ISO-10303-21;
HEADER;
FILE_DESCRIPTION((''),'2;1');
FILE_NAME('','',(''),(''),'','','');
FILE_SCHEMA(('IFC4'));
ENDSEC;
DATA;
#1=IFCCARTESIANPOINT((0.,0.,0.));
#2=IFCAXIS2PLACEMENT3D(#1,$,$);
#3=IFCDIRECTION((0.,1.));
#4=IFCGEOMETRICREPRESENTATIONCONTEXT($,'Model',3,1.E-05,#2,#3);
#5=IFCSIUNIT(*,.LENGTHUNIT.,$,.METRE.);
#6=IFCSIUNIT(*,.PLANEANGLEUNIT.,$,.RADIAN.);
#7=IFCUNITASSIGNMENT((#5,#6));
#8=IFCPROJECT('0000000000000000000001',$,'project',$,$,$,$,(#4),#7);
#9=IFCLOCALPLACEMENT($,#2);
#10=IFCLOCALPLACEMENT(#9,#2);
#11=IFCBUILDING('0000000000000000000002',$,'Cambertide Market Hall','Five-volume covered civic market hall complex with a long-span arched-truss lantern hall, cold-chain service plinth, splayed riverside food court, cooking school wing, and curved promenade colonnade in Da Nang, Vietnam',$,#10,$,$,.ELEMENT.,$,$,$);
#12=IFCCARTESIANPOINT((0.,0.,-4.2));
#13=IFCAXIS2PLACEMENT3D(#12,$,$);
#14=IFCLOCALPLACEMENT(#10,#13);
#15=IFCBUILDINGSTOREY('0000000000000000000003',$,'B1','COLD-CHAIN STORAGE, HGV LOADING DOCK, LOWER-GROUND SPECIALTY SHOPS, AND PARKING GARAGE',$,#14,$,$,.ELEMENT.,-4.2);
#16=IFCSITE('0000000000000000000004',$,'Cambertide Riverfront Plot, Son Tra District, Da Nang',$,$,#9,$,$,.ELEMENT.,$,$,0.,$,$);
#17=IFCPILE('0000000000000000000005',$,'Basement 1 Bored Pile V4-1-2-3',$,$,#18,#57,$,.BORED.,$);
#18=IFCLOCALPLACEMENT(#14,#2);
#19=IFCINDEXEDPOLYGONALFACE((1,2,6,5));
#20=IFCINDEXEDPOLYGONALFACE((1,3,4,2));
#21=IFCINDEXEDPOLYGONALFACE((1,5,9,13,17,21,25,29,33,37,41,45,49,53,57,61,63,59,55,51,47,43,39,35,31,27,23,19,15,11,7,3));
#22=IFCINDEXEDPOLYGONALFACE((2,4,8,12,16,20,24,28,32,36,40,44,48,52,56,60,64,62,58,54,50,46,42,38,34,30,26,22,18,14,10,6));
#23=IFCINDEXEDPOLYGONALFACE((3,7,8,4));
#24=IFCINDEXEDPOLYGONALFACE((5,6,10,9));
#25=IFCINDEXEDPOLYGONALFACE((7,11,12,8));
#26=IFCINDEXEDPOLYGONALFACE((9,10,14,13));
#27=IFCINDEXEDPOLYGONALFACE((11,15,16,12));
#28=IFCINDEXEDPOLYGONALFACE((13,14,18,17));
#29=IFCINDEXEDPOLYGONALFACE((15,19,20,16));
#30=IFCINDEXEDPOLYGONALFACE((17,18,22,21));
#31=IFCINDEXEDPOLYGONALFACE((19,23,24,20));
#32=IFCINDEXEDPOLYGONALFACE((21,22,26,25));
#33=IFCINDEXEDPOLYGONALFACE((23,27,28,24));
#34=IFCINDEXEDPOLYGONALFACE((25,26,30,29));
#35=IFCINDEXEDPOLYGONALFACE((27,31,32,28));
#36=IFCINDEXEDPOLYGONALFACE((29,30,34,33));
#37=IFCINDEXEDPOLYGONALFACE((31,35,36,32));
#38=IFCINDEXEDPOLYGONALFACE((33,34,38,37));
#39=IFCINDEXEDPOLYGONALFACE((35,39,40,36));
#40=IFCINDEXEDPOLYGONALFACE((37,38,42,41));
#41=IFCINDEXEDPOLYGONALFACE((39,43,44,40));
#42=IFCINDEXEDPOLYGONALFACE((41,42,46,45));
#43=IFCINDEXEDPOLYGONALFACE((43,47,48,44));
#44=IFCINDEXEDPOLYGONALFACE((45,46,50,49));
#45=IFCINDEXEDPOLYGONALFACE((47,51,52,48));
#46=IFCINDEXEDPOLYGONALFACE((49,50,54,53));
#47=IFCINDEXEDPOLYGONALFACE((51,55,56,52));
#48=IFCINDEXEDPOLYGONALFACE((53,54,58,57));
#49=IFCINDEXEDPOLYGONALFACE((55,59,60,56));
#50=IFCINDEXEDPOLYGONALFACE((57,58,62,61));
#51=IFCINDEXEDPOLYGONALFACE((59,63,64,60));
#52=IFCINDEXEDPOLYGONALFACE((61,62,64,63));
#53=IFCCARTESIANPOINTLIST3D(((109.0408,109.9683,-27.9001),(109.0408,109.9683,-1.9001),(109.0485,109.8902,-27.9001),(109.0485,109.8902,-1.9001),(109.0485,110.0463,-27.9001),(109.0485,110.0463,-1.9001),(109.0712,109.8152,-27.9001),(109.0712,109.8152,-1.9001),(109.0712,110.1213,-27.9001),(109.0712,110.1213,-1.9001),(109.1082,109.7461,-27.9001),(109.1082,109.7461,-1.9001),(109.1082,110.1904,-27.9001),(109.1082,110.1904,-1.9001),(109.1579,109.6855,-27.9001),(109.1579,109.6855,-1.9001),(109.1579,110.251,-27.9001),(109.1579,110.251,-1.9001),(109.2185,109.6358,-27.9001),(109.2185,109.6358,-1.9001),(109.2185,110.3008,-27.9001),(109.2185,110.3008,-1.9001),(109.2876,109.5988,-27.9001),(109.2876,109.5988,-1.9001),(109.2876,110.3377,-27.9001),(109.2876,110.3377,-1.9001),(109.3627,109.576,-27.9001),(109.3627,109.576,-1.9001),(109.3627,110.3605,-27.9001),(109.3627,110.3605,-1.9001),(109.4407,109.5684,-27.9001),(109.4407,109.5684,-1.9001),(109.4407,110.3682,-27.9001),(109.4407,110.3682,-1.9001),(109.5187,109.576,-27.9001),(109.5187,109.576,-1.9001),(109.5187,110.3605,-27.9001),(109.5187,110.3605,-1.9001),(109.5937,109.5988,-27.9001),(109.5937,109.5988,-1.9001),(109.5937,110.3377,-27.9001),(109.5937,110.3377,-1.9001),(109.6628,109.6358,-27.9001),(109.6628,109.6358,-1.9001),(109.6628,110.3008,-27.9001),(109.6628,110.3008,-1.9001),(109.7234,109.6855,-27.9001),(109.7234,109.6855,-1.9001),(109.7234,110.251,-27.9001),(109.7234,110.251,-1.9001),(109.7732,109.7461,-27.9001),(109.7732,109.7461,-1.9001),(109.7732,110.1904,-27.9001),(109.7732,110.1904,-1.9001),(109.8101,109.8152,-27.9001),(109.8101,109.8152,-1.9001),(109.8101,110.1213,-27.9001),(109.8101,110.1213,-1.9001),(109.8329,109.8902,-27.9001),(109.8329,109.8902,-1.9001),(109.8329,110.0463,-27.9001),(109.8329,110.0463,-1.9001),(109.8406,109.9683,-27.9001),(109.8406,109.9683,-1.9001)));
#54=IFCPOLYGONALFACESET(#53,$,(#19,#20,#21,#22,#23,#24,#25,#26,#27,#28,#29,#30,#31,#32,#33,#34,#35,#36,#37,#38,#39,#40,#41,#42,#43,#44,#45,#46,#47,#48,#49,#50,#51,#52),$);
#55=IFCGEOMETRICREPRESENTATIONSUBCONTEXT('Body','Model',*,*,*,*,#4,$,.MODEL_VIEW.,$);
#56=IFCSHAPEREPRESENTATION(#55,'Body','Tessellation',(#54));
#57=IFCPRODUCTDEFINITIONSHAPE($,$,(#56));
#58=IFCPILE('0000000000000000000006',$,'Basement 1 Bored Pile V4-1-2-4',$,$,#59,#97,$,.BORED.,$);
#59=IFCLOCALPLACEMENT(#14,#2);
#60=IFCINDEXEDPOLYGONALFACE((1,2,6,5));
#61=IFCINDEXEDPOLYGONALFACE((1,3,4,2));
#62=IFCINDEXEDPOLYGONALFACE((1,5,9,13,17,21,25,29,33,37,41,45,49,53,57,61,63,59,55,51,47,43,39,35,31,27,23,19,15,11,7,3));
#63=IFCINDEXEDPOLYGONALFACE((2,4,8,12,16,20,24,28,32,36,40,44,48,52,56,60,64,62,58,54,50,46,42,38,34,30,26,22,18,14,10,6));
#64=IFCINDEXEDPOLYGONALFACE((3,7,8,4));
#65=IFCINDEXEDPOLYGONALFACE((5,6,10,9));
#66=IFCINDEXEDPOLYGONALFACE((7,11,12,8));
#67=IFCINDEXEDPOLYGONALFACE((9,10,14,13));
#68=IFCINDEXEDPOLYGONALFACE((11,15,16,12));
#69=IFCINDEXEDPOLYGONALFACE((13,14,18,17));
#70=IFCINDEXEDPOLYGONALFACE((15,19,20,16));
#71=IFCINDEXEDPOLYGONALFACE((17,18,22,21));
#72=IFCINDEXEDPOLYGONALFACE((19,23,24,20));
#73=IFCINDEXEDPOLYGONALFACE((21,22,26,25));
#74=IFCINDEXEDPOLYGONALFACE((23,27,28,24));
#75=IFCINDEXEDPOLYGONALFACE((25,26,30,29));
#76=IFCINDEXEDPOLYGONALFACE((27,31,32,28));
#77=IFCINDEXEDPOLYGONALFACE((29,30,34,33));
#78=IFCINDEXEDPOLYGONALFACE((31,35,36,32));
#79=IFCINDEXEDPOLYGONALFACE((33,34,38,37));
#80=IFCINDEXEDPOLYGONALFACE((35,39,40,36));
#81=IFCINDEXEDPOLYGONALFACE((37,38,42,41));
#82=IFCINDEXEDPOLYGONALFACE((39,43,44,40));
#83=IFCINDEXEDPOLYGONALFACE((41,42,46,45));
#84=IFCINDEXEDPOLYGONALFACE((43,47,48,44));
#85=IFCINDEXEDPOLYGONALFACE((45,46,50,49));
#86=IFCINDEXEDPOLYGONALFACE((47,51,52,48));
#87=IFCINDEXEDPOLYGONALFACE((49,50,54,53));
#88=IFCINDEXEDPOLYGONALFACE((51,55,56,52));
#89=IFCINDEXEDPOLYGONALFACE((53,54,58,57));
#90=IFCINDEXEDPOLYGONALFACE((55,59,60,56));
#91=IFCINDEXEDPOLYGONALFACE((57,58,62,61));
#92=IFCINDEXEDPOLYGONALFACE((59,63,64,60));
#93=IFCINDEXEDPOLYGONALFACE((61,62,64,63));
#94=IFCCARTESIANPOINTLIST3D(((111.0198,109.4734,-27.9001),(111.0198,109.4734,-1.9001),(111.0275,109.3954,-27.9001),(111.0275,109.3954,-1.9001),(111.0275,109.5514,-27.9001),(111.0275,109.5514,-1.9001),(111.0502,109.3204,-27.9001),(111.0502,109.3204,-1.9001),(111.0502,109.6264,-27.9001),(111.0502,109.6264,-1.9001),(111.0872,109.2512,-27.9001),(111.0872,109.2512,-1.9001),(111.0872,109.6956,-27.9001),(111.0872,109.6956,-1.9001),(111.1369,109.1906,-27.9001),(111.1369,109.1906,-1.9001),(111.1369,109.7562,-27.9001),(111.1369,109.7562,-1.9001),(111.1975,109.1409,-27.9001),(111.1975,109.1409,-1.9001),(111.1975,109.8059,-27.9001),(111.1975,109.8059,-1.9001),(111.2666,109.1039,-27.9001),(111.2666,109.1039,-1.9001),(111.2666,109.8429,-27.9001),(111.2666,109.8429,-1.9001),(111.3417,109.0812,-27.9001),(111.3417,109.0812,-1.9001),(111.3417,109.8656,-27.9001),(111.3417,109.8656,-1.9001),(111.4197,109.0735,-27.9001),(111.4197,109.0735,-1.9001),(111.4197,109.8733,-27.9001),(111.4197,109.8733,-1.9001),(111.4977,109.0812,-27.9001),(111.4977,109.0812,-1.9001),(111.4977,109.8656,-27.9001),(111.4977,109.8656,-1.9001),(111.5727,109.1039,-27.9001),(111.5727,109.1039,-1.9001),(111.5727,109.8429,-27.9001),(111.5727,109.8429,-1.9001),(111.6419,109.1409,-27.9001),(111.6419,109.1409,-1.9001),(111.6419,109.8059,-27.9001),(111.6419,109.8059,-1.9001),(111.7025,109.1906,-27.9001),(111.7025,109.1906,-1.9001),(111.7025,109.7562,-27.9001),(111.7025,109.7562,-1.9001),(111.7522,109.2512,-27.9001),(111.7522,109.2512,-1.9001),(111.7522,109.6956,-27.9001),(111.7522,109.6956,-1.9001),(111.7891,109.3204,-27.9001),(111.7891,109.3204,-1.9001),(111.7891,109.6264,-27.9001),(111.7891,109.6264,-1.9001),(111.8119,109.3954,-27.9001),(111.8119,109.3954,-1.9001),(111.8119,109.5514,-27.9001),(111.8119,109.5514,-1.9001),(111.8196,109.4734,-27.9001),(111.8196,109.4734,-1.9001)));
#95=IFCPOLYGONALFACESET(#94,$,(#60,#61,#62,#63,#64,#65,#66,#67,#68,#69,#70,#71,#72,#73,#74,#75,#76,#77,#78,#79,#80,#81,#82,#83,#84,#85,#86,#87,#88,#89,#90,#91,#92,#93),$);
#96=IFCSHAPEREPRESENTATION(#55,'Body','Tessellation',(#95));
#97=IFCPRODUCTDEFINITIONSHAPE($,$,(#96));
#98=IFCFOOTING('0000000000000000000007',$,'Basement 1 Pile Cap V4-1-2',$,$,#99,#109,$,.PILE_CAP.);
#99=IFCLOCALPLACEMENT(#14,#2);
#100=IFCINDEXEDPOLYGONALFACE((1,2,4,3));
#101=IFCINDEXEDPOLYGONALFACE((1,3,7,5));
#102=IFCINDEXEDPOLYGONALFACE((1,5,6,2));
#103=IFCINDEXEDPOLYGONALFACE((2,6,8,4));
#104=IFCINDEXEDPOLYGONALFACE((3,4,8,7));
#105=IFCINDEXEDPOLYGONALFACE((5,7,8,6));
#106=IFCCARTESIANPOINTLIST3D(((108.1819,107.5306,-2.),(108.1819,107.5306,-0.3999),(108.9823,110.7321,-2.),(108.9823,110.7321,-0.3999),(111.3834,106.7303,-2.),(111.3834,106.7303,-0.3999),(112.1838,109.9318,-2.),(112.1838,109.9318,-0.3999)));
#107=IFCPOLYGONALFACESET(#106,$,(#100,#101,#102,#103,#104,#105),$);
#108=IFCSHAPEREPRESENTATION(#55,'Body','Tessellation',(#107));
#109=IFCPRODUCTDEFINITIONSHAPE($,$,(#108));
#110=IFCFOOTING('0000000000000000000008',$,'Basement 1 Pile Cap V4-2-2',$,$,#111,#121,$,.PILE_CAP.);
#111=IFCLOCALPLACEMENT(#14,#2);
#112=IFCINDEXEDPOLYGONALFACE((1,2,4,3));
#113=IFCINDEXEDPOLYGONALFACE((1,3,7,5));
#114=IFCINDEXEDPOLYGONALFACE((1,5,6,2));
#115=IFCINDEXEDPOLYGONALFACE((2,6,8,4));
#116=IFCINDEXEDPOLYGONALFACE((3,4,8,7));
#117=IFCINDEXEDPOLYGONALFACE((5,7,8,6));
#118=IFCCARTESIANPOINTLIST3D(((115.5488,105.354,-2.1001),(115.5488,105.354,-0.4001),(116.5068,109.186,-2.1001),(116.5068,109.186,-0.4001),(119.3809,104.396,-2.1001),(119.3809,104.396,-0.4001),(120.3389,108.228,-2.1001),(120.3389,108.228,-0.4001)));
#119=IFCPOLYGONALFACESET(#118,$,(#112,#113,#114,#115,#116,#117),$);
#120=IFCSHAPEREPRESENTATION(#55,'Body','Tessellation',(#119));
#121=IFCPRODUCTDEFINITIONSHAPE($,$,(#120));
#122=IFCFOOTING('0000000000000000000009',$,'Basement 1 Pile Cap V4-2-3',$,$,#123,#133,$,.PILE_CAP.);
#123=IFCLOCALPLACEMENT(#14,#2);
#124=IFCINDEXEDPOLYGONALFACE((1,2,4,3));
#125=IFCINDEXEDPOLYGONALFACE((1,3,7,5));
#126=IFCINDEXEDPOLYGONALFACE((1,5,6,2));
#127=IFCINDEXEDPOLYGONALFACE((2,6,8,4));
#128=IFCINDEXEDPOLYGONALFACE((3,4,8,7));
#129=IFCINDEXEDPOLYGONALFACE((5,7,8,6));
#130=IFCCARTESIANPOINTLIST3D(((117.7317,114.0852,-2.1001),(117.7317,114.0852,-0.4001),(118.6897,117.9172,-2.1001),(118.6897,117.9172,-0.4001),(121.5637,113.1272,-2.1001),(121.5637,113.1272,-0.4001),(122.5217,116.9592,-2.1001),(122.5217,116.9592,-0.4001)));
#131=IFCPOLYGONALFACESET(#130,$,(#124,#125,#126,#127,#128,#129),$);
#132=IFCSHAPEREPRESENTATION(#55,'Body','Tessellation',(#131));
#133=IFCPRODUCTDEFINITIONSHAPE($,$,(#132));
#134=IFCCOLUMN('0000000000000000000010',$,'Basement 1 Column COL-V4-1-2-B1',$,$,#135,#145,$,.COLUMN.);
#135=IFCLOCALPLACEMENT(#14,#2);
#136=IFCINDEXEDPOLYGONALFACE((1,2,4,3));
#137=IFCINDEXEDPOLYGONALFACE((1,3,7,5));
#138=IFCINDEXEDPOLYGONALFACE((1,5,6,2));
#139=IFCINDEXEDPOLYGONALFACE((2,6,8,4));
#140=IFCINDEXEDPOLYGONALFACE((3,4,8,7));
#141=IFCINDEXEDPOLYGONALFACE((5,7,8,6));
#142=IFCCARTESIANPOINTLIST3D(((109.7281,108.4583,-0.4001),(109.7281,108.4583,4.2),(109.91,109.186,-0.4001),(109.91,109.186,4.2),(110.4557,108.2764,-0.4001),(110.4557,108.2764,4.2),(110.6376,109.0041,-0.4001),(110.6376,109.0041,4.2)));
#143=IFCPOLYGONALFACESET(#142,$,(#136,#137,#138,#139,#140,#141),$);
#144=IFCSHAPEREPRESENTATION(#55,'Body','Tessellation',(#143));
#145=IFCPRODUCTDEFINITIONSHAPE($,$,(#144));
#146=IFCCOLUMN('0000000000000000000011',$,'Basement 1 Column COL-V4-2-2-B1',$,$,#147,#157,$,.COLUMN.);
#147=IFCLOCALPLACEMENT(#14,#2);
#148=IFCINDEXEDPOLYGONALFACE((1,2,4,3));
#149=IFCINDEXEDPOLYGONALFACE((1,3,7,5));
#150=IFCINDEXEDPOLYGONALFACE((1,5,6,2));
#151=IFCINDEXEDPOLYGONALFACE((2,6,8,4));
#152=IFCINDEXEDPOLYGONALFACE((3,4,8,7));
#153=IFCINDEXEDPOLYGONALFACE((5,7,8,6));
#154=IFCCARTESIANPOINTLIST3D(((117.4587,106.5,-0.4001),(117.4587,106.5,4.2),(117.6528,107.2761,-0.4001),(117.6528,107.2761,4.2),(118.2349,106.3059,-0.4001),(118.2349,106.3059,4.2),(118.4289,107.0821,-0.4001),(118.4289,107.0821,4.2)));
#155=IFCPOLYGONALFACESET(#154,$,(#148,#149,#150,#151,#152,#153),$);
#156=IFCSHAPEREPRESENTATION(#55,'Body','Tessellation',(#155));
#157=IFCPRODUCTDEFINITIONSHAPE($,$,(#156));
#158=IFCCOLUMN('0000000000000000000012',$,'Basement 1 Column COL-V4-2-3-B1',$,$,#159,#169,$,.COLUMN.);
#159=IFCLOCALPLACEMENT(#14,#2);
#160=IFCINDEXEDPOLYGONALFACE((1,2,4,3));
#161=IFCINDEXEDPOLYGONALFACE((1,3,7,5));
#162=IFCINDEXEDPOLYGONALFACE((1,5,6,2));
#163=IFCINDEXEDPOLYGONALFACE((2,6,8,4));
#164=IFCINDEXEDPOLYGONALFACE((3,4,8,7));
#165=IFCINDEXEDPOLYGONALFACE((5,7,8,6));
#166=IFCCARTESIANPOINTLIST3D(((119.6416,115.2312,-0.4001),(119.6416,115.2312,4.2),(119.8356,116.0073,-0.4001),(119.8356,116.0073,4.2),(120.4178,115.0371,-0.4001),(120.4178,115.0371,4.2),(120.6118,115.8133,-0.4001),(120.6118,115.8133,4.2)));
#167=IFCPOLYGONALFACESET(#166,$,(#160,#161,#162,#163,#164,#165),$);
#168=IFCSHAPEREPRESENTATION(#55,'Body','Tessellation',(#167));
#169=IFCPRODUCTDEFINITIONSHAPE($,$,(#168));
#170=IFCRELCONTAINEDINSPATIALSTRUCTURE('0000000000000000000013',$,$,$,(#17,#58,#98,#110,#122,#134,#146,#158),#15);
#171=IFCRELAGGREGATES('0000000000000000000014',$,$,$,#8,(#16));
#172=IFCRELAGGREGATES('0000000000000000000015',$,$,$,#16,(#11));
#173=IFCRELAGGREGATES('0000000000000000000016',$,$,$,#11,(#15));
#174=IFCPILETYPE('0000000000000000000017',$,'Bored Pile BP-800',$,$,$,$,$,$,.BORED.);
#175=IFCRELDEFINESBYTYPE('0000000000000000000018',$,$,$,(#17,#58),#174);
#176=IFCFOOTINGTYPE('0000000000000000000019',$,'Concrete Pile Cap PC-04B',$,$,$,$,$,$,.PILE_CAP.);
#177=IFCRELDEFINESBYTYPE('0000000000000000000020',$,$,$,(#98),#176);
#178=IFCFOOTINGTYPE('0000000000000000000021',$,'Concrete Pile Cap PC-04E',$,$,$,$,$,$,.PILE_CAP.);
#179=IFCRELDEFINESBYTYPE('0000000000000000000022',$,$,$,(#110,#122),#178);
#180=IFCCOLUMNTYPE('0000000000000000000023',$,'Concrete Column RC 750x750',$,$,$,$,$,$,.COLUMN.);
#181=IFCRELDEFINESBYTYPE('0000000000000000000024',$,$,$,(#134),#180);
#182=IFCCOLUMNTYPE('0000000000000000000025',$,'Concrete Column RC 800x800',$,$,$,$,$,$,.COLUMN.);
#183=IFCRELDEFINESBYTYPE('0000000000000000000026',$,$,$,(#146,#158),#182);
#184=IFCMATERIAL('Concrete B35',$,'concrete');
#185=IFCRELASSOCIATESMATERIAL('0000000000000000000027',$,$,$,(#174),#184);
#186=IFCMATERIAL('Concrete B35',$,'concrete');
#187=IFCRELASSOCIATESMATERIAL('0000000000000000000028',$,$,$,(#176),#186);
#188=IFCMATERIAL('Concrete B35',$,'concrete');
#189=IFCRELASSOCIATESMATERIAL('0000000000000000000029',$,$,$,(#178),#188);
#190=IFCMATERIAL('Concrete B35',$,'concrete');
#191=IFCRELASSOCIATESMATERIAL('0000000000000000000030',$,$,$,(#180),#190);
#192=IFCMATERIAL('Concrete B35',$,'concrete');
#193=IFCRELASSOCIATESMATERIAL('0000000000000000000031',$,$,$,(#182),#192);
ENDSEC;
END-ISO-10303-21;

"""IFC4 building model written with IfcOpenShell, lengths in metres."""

from ifc_helpers import new_model, si_unit, direction, frame, origin, origin_2d, place, context, subcontext, project, spatial, rectangle, circle, extrude, material, material_profile, profile_set, type_object, element, save


model = new_model("IFC4")

# Units and contexts
model_context = context("Model", 3, precision=1e-05, world=origin(), true_north=direction((0.0, 1.0)))
body_context = subcontext(model_context, "Body", "Model", "MODEL_VIEW")
ifc_project = project(units=[si_unit("LENGTHUNIT", "METRE"), si_unit("PLANEANGLEUNIT", "RADIAN")], contexts=[model_context])

# Site, building, storey
site_placement = place(None, origin())
site = spatial("IfcSite", under=ifc_project, at=site_placement, Name="Cambertide Riverfront Plot, Son Tra District, Da Nang", CompositionType="ELEMENT", RefElevation=0.0)
building_placement = place(site_placement, origin())
building = spatial("IfcBuilding", under=site, at=building_placement, Name="Cambertide Market Hall", Description="Five-volume covered civic market hall complex with a long-span arched-truss lantern hall, cold-chain service plinth, splayed riverside food court, cooking school wing, and curved promenade colonnade in Da Nang, Vietnam", CompositionType="ELEMENT")
storey_placement = place(building_placement, frame((0.0, 0.0, -4.2)))
storey = spatial("IfcBuildingStorey", under=building, at=storey_placement, Name="B1", Description="COLD-CHAIN STORAGE, HGV LOADING DOCK, LOWER-GROUND SPECIALTY SHOPS, AND PARKING GARAGE", CompositionType="ELEMENT", Elevation=-4.2)

# Piles
ifc_material_1 = material(Name="Concrete B35", Category="concrete")
ifc_material_profile_1 = material_profile(ifc_material_1, circle(Radius=0.3999, at=origin_2d()), Name="BP D800")
ifc_profile_set_1 = profile_set([ifc_material_profile_1], Name="Concrete B35")
pile_type_1 = type_object("IfcPileType", Name="Bored Pile BP-800", PredefinedType="BORED", material=ifc_profile_set_1)
for number, where, z_axis, x_axis, name in (
    (1, (109.4407, 109.9683, -1.9001), (0.0, 0.0, -1.0), (1.0, 0.0, 0.0), "Basement 1 Bored Pile V4-1-2-3"),
    (2, (111.4197, 109.4734, -1.9001), (0.0, 0.0, -1.0), (1.0, 0.0, 0.0), "Basement 1 Bored Pile V4-1-2-4"),
):
    element("IfcPile", number, at=place(storey_placement, frame(where, z_axis=z_axis, x_axis=x_axis)), inside=storey, type_object=pile_type_1, Name=name, PredefinedType="BORED", context=body_context, shape_type="SweptSolid", body=[
        extrude(circle(Radius=0.3999, at=origin_2d()), origin(), (0.0, 0.0, 1.0), 26.0),
    ])

# Footings
ifc_material_2 = material(Name="Concrete B35", Category="concrete")
footing_type_1 = type_object("IfcFootingType", Name="Concrete Pile Cap PC-04B", PredefinedType="PILE_CAP", material=ifc_material_2)
footing_placement = place(storey_placement, frame((110.1829, 108.7312, -2.0), z_axis=(0.0, 0.0, 1.0), x_axis=(0.970143, -0.242536, 0.0)))
element("IfcFooting", 3, at=footing_placement, inside=storey, type_object=footing_type_1, Name="Basement 1 Pile Cap V4-1-2", PredefinedType="PILE_CAP", context=body_context, shape_type="SweptSolid", body=[
    extrude(rectangle(XDim=3.3, YDim=3.3, at=origin_2d()), origin(), (0.0, 0.0, 1.0), 1.6001),
])
ifc_material_3 = material(Name="Concrete B35", Category="concrete")
footing_type_2 = type_object("IfcFootingType", Name="Concrete Pile Cap PC-04E", PredefinedType="PILE_CAP", material=ifc_material_3)
for number, where, z_axis, x_axis, name in (
    (4, (117.9438, 106.791, -2.1001), (0.0, 0.0, 1.0), (0.970143, -0.242536, 0.0), "Basement 1 Pile Cap V4-2-2"),
    (5, (120.1267, 115.5222, -2.1001), (0.0, 0.0, 1.0), (0.970143, -0.242536, 0.0), "Basement 1 Pile Cap V4-2-3"),
):
    element("IfcFooting", number, at=place(storey_placement, frame(where, z_axis=z_axis, x_axis=x_axis)), inside=storey, type_object=footing_type_2, Name=name, PredefinedType="PILE_CAP", context=body_context, shape_type="SweptSolid", body=[
        extrude(rectangle(XDim=3.95, YDim=3.95, at=origin_2d()), origin(), (0.0, 0.0, 1.0), 1.7),
    ])

# Columns
ifc_material_4 = material(Name="Concrete B35", Category="concrete")
ifc_material_profile_2 = material_profile(ifc_material_4, rectangle(XDim=0.75, YDim=0.75, at=origin_2d()), Name="RC 750x750")
ifc_profile_set_2 = profile_set([ifc_material_profile_2], Name="Concrete B35")
column_type_1 = type_object("IfcColumnType", Name="Concrete Column RC 750x750", PredefinedType="COLUMN", material=ifc_profile_set_2)
column_placement = place(storey_placement, frame((110.1829, 108.7312, -0.4001), z_axis=(0.0, 0.0, 1.0), x_axis=(0.970143, -0.242536, 0.0)))
element("IfcColumn", 6, at=column_placement, inside=storey, type_object=column_type_1, Name="Basement 1 Column COL-V4-1-2-B1", PredefinedType="COLUMN", context=body_context, shape_type="SweptSolid", body=[
    extrude(rectangle(XDim=0.75, YDim=0.75, at=origin_2d()), origin(), (0.0, 0.0, 1.0), 4.6001),
])
ifc_material_5 = material(Name="Concrete B35", Category="concrete")
ifc_material_profile_3 = material_profile(ifc_material_5, rectangle(XDim=0.8, YDim=0.8, at=origin_2d()), Name="RC 800x800")
ifc_profile_set_3 = profile_set([ifc_material_profile_3], Name="Concrete B35")
column_type_2 = type_object("IfcColumnType", Name="Concrete Column RC 800x800", PredefinedType="COLUMN", material=ifc_profile_set_3)
for number, where, z_axis, x_axis, name in (
    (7, (117.9438, 106.791, -0.4001), (0.0, 0.0, 1.0), (0.970143, -0.242536, 0.0), "Basement 1 Column COL-V4-2-2-B1"),
    (8, (120.1267, 115.5222, -0.4001), (0.0, 0.0, 1.0), (0.970143, -0.242536, 0.0), "Basement 1 Column COL-V4-2-3-B1"),
):
    element("IfcColumn", number, at=place(storey_placement, frame(where, z_axis=z_axis, x_axis=x_axis)), inside=storey, type_object=column_type_2, Name=name, PredefinedType="COLUMN", context=body_context, shape_type="SweptSolid", body=[
        extrude(rectangle(XDim=0.8, YDim=0.8, at=origin_2d()), origin(), (0.0, 0.0, 1.0), 4.6001),
    ])

save(model, "model.ifc")
